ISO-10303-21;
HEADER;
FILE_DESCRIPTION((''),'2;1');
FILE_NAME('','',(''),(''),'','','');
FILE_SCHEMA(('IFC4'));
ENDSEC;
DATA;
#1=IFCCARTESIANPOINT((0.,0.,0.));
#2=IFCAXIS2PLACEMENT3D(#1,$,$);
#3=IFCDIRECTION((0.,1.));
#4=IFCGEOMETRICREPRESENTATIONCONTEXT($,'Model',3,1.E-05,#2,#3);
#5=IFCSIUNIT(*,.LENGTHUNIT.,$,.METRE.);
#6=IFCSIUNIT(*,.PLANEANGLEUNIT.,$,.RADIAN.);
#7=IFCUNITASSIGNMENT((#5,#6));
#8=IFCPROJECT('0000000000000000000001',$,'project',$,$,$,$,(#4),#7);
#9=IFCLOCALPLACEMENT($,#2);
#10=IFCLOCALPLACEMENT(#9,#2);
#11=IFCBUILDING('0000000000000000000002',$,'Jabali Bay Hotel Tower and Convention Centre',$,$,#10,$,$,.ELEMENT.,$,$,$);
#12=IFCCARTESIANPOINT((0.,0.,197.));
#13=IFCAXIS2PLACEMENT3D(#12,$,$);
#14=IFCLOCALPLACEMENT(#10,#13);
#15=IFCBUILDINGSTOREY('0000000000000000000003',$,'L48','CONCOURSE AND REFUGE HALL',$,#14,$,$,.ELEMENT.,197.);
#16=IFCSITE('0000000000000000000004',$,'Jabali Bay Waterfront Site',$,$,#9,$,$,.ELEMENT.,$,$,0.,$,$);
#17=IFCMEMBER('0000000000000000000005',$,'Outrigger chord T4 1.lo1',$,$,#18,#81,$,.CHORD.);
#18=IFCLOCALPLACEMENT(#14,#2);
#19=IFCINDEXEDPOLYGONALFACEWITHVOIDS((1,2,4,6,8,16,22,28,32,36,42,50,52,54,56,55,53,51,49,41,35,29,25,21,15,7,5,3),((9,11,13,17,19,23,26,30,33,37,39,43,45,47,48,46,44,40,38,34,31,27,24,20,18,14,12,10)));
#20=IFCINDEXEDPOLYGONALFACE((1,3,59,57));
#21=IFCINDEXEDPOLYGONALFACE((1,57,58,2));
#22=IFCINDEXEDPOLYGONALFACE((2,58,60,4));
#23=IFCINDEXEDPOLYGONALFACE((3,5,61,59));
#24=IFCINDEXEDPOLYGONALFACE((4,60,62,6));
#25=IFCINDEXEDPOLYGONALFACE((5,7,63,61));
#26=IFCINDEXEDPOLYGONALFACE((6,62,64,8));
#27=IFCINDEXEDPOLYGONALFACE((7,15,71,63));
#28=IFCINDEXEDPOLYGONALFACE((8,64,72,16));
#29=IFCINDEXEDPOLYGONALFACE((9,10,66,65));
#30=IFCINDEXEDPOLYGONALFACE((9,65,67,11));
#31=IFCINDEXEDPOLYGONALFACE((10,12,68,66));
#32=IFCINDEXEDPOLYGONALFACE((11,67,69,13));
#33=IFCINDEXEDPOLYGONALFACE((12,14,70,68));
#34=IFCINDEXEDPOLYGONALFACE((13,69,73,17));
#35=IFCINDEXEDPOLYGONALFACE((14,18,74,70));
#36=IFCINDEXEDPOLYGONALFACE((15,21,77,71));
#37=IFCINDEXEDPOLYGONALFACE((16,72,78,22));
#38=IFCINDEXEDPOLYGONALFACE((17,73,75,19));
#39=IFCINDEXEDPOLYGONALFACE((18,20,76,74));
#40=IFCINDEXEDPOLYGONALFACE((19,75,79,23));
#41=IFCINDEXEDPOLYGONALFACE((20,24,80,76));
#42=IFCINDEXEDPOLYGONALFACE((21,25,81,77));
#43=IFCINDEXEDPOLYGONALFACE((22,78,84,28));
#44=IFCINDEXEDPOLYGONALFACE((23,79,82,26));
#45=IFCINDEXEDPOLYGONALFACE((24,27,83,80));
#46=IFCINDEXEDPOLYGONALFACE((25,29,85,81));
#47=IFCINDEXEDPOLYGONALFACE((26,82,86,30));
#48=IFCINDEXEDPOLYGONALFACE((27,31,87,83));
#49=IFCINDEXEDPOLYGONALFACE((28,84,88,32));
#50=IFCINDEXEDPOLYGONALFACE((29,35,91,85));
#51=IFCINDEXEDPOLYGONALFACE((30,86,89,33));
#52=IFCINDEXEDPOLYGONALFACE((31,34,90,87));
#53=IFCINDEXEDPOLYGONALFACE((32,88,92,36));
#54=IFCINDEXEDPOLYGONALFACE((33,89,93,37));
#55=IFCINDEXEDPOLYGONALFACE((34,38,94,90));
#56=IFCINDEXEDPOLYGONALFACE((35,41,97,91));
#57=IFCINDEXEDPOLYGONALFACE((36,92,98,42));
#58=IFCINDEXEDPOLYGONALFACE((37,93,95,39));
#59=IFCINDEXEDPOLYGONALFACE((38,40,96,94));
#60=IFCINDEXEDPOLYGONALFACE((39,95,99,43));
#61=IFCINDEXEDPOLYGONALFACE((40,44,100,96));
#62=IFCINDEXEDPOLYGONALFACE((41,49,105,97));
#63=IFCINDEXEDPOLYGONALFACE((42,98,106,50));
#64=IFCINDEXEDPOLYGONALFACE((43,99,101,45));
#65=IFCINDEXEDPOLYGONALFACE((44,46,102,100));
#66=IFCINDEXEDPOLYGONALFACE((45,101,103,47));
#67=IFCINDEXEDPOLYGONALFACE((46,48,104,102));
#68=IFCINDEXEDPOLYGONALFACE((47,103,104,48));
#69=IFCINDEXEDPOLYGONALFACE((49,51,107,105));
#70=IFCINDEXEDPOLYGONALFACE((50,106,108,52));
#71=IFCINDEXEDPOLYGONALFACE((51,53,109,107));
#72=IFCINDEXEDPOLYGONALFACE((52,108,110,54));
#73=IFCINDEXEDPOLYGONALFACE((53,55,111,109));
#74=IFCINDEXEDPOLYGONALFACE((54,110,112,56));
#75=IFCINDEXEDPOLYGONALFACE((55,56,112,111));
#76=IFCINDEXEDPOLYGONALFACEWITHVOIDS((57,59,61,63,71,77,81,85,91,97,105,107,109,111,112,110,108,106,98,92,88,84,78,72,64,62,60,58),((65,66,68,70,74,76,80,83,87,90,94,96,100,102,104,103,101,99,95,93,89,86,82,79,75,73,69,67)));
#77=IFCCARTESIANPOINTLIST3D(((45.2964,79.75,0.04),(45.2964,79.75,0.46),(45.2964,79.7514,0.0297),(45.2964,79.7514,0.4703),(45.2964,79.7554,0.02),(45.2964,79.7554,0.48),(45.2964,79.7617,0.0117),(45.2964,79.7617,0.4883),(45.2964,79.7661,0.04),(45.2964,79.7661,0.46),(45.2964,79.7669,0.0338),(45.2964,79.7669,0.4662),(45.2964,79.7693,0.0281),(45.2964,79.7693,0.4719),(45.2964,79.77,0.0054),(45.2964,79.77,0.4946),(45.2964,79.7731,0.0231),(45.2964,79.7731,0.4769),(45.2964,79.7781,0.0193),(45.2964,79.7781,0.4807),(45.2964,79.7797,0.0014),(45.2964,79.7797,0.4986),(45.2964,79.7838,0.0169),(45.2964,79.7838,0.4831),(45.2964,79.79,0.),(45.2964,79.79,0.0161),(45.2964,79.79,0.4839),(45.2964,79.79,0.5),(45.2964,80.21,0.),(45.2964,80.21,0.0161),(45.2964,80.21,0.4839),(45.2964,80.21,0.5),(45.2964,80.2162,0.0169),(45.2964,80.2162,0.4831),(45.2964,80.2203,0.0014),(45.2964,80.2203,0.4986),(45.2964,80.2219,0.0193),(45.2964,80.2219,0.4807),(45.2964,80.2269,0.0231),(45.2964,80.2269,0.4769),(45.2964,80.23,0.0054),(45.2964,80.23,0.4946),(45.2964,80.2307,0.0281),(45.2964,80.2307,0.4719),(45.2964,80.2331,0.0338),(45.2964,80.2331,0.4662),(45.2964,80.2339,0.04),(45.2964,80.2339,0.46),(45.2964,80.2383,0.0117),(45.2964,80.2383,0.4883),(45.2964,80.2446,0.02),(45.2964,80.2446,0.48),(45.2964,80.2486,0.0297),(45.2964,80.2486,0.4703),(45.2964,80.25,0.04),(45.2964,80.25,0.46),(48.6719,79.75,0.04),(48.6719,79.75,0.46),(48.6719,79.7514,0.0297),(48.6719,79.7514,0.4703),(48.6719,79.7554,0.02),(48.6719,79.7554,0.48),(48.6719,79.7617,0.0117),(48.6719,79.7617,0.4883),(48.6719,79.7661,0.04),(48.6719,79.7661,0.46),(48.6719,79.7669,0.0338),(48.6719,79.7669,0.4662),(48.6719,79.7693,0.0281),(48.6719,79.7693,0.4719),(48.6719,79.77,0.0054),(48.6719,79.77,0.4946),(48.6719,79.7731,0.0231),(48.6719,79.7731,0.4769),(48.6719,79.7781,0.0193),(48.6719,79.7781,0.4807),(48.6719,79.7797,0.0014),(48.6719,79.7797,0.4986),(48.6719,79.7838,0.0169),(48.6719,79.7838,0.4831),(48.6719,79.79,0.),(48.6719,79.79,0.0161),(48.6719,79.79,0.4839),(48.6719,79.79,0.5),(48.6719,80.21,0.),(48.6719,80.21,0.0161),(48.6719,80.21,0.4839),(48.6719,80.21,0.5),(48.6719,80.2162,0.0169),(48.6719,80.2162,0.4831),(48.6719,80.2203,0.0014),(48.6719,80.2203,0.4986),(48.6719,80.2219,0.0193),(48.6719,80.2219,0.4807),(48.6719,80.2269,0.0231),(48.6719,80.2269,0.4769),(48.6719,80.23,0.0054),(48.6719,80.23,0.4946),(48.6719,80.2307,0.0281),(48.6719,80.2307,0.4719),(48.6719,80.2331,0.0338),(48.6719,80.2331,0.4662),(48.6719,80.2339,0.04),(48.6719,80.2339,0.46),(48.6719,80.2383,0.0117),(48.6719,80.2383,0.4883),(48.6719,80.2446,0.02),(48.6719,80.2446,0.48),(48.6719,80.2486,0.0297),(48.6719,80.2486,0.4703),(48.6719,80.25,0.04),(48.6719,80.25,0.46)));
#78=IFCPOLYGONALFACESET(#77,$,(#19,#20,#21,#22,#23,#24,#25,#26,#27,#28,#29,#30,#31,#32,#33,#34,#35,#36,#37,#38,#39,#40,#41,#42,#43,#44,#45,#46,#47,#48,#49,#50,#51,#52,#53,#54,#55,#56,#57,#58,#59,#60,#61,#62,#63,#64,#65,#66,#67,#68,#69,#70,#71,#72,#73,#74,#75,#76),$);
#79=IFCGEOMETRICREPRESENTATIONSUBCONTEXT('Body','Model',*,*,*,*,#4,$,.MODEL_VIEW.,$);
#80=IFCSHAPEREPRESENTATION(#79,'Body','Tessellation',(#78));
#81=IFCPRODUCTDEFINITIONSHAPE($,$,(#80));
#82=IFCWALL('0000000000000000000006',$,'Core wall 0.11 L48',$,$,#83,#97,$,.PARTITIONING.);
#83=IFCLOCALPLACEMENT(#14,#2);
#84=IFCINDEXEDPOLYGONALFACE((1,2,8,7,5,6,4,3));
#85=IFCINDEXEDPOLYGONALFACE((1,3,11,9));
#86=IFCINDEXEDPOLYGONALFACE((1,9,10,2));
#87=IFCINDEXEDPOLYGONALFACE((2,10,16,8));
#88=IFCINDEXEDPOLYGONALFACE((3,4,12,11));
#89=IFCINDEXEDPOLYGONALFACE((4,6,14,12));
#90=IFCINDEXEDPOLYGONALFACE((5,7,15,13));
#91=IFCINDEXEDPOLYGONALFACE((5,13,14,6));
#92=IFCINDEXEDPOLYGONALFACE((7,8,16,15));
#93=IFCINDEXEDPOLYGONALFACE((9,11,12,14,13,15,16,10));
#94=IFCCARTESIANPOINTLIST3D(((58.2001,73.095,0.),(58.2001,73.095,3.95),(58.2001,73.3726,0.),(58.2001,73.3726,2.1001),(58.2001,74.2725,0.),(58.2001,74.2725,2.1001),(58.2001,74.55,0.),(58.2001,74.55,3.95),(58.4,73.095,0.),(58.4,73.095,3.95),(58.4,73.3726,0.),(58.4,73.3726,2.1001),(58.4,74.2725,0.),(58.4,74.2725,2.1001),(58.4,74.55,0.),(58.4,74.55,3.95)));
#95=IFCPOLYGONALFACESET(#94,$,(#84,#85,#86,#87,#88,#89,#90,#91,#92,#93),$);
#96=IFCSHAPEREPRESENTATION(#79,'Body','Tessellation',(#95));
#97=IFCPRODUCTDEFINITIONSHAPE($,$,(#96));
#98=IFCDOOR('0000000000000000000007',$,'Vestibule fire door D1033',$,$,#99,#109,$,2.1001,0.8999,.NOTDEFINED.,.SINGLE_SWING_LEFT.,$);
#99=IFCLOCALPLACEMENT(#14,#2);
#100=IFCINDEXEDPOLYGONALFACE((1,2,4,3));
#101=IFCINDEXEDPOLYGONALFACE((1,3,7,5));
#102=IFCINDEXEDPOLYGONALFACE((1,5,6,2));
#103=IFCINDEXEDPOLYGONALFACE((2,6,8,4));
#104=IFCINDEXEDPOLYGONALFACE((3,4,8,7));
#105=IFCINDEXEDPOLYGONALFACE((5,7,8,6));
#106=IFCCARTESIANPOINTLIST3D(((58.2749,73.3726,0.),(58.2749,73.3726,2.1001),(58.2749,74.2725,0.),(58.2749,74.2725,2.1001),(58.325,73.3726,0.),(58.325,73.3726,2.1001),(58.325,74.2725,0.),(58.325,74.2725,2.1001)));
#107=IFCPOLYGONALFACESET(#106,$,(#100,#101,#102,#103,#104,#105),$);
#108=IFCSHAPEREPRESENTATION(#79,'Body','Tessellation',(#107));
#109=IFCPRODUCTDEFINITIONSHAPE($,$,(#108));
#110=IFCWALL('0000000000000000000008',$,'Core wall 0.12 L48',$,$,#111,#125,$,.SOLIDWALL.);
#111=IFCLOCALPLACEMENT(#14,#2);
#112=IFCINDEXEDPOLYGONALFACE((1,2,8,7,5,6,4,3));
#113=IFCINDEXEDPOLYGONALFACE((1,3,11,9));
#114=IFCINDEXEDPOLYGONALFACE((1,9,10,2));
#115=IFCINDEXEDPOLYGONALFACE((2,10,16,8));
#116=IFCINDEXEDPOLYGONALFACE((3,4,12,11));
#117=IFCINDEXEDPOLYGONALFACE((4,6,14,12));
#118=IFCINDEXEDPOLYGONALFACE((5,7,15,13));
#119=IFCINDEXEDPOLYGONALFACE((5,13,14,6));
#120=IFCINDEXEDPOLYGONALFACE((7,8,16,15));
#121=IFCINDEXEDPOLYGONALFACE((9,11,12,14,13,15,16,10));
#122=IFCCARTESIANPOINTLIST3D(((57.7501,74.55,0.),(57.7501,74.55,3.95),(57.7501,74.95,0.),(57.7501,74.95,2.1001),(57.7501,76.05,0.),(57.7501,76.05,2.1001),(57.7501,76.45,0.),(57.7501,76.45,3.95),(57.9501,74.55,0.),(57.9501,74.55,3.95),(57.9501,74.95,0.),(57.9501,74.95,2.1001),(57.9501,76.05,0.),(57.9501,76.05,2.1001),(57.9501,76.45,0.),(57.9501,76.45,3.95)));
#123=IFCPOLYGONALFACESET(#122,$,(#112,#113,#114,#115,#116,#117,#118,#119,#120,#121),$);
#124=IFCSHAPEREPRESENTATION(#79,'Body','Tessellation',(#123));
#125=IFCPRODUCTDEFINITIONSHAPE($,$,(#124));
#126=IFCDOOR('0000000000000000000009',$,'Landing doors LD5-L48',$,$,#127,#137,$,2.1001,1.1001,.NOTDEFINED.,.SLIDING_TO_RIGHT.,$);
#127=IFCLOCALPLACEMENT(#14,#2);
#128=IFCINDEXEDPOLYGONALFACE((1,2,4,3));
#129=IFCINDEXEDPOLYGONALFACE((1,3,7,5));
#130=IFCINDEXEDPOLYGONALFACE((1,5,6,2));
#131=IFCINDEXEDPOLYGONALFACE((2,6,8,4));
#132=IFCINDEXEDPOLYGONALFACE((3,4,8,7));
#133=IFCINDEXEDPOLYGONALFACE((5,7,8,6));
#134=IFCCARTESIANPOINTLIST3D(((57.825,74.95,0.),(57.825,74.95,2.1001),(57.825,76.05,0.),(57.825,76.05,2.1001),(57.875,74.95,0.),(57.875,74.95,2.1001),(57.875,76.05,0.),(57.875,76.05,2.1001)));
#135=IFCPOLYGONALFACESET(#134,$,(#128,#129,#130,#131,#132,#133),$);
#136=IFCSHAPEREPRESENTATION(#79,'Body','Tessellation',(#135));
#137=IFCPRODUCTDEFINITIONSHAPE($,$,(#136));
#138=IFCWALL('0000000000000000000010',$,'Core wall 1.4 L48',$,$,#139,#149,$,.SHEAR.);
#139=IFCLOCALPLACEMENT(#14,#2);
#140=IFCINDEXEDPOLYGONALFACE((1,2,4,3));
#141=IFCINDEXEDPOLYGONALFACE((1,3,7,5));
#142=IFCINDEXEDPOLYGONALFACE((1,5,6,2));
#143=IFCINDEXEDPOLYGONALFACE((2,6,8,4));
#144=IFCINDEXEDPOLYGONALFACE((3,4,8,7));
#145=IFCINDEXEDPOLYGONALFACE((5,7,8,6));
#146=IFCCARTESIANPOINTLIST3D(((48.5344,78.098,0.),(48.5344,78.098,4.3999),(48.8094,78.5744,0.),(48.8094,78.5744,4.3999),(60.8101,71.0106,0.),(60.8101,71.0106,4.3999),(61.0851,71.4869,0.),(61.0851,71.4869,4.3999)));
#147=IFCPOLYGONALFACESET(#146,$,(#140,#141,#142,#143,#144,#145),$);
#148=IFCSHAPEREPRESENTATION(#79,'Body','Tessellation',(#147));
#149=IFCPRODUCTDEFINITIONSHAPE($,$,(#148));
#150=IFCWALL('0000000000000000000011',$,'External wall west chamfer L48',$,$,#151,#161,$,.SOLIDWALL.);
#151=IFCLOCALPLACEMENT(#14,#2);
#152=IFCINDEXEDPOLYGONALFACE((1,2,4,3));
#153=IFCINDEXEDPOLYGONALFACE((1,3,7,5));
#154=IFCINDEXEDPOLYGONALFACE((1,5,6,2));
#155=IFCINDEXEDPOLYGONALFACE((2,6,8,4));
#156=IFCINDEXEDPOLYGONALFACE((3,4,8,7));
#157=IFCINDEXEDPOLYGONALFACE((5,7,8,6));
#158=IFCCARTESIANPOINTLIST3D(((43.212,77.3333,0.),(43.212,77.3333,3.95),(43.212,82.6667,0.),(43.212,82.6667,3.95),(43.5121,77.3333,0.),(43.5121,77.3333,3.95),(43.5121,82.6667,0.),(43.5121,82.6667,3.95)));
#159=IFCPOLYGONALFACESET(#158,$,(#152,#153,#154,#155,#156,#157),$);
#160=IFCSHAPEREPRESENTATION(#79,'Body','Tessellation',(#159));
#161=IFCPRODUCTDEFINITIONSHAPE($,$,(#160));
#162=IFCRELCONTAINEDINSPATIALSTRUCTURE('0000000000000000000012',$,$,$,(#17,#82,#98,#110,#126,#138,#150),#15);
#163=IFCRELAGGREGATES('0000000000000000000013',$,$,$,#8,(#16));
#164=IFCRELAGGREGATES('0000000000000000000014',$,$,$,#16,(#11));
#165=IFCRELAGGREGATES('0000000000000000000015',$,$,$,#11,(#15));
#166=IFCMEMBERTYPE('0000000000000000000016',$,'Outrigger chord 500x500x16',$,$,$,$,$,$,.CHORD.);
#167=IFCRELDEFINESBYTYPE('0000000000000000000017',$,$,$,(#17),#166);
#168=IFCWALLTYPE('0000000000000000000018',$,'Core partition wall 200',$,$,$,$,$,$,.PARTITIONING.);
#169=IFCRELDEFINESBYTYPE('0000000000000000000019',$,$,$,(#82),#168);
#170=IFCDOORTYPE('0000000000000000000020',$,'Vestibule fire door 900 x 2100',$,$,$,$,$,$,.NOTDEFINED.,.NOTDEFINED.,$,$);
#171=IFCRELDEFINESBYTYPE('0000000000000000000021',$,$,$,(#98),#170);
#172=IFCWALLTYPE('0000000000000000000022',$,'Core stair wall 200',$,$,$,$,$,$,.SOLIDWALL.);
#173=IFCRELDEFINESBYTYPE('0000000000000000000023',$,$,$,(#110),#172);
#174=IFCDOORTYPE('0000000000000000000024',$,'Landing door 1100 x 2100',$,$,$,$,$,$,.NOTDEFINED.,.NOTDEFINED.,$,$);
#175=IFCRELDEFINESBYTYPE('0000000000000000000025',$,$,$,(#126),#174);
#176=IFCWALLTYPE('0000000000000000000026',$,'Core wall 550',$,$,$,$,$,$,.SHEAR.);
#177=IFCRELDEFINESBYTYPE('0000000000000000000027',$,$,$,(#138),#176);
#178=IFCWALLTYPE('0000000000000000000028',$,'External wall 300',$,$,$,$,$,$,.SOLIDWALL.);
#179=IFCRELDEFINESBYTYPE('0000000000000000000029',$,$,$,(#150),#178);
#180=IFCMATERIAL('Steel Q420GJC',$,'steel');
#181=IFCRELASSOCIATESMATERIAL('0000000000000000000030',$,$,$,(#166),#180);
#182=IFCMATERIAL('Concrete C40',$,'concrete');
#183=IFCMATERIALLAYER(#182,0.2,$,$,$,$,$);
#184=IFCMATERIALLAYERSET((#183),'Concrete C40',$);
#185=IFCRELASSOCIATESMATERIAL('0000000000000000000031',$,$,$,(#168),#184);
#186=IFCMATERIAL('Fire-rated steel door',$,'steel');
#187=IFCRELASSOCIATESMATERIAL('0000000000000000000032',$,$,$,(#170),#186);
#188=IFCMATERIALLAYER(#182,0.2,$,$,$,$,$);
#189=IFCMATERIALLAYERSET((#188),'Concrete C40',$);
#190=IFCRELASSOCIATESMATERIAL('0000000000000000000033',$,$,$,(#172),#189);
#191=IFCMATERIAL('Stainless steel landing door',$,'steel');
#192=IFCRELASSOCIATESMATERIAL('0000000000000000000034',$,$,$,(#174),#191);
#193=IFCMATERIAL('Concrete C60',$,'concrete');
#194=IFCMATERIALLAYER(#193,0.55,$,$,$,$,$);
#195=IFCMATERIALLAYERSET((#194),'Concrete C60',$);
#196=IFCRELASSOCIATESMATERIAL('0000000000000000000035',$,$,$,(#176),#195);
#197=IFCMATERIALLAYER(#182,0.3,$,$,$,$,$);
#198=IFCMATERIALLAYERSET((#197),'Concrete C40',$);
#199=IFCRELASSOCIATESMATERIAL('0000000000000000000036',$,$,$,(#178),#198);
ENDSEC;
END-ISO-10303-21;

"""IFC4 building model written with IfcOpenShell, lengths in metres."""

from ifc_helpers import new_model, si_unit, direction, frame, frame_2d, origin, origin_2d, place, context, subcontext, project, spatial, rectangle, hollow_rectangle, extrude, material, layer, layer_set, material_profile, profile_set, type_object, element, fill, save


model = new_model("IFC4")

# Units and contexts
model_context = context("Model", 3, precision=1e-05, world=origin(), true_north=direction((0.0, 1.0)))
body_context = subcontext(model_context, "Body", "Model", "MODEL_VIEW")
ifc_project = project(units=[si_unit("LENGTHUNIT", "METRE"), si_unit("PLANEANGLEUNIT", "RADIAN")], contexts=[model_context])

# Site, building, storey
site_placement = place(None, origin())
site = spatial("IfcSite", under=ifc_project, at=site_placement, Name="Jabali Bay Waterfront Site", CompositionType="ELEMENT", RefElevation=0.0)
building_placement = place(site_placement, origin())
building = spatial("IfcBuilding", under=site, at=building_placement, Name="Jabali Bay Hotel Tower and Convention Centre", CompositionType="ELEMENT")
storey_placement = place(building_placement, frame((0.0, 0.0, 197.0)))
storey = spatial("IfcBuildingStorey", under=building, at=storey_placement, Name="L48", Description="CONCOURSE AND REFUGE HALL", CompositionType="ELEMENT", Elevation=197.0)

# Shared definitions
ifc_material_1 = material(Name="Concrete C60", Category="concrete")

# Member
ifc_material_2 = material(Name="Steel Q420GJC", Category="steel")
ifc_material_profile_1 = material_profile(ifc_material_2, hollow_rectangle(XDim=0.5, YDim=0.5, WallThickness=0.0161, InnerFilletRadius=0.0239, OuterFilletRadius=0.04, at=origin_2d()), Name="Outrigger chord 500x500x16")
ifc_profile_set_1 = profile_set([ifc_material_profile_1], Name="Steel Q420GJC")
member_type_1 = type_object("IfcMemberType", Name="Outrigger chord 500x500x16", PredefinedType="CHORD", material=ifc_profile_set_1)
member_1_placement = place(storey_placement, frame((48.6719, 80.0, 0.25), z_axis=(-1.0, 0.0, 0.0), x_axis=(0.0, -1.0, 0.0)))
element("IfcMember", 1, at=member_1_placement, inside=storey, type_object=member_type_1, Name="Outrigger chord T4 1.lo1", PredefinedType="CHORD", context=body_context, shape_type="SweptSolid", body=[
    extrude(hollow_rectangle(XDim=0.5, YDim=0.5, WallThickness=0.0161, InnerFilletRadius=0.0239, OuterFilletRadius=0.04, at=origin_2d()), origin(), (0.0, 0.0, 1.0), 3.3755),
])

# Walls, openings, doors
ifc_material_3 = material(Name="Concrete C40", Category="concrete")
ifc_layer_1 = layer(ifc_material_3, 0.2)
ifc_layer_set_1 = layer_set([ifc_layer_1], Name="Concrete C40")
wall_type_1 = type_object("IfcWallType", Name="Core partition wall 200", PredefinedType="PARTITIONING", material=ifc_layer_set_1)
wall_1_placement = place(storey_placement, frame((58.3, 74.55, 0.0), z_axis=(0.0, 0.0, 1.0), x_axis=(0.0, -1.0, 0.0)))
wall_1 = element("IfcWall", 2, at=wall_1_placement, inside=storey, type_object=wall_type_1, Name="Core wall 0.11 L48", PredefinedType="PARTITIONING", context=body_context, shape_type="SweptSolid", body=[
    extrude(rectangle(XDim=1.4551, YDim=0.2, at=frame_2d((0.7275, 0.0))), origin(), (0.0, 0.0, 1.0), 3.95),
])
opening_1_placement = place(wall_1_placement, frame((0.2776, 0.0, 0.0)))
opening_1 = element("IfcOpeningElement", 3, at=opening_1_placement, cuts=wall_1, PredefinedType="OPENING", context=body_context, shape_type="SweptSolid", body=[
    extrude(rectangle(XDim=0.8999, YDim=2.1001, at=frame_2d((0.45, 1.05))), frame((0.0, 0.1104, 0.0), z_axis=(0.0, -1.0, 0.0), x_axis=(1.0, 0.0, 0.0)), (0.0, 0.0, 1.0), 0.2209),
])
ifc_material_4 = material(Name="Fire-rated steel door", Category="steel")
door_type_1 = type_object("IfcDoorType", Name="Vestibule fire door 900 x 2100", OperationType="NOTDEFINED", PredefinedType="NOTDEFINED", material=ifc_material_4)
door_1_placement = place(opening_1_placement, origin())
door_1 = element("IfcDoor", 4, at=door_1_placement, inside=storey, type_object=door_type_1, Name="Vestibule fire door D1033", OperationType="SINGLE_SWING_LEFT", OverallHeight=2.1001, OverallWidth=0.8999, PredefinedType="NOTDEFINED", context=body_context, shape_type="SweptSolid", body=[
    extrude(rectangle(XDim=0.8999, YDim=2.1001, at=frame_2d((0.45, 1.05))), frame((0.0, 0.0249, 0.0), z_axis=(0.0, -1.0, 0.0), x_axis=(1.0, 0.0, 0.0)), (0.0, 0.0, 1.0), 0.05),
])
fill(opening_1, door_1)
ifc_layer_2 = layer(ifc_material_3, 0.2)
ifc_layer_set_2 = layer_set([ifc_layer_2], Name="Concrete C40")
wall_type_2 = type_object("IfcWallType", Name="Core stair wall 200", PredefinedType="SOLIDWALL", material=ifc_layer_set_2)
wall_2_placement = place(storey_placement, frame((57.8501, 76.45, 0.0), z_axis=(0.0, 0.0, 1.0), x_axis=(0.0, -1.0, 0.0)))
wall_2 = element("IfcWall", 5, at=wall_2_placement, inside=storey, type_object=wall_type_2, Name="Core wall 0.12 L48", PredefinedType="SOLIDWALL", context=body_context, shape_type="SweptSolid", body=[
    extrude(rectangle(XDim=1.8999, YDim=0.2, at=frame_2d((0.95, 0.0))), origin(), (0.0, 0.0, 1.0), 3.95),
])
opening_2_placement = place(wall_2_placement, frame((0.3999, 0.0, 0.0)))
opening_2 = element("IfcOpeningElement", 6, at=opening_2_placement, cuts=wall_2, PredefinedType="OPENING", context=body_context, shape_type="SweptSolid", body=[
    extrude(rectangle(XDim=1.1001, YDim=2.1001, at=frame_2d((0.55, 1.05))), frame((0.0, 0.1104, 0.0), z_axis=(0.0, -1.0, 0.0), x_axis=(1.0, 0.0, 0.0)), (0.0, 0.0, 1.0), 0.2209),
])
ifc_material_5 = material(Name="Stainless steel landing door", Category="steel")
door_type_2 = type_object("IfcDoorType", Name="Landing door 1100 x 2100", OperationType="NOTDEFINED", PredefinedType="NOTDEFINED", material=ifc_material_5)
door_2_placement = place(opening_2_placement, origin())
door_2 = element("IfcDoor", 7, at=door_2_placement, inside=storey, type_object=door_type_2, Name="Landing doors LD5-L48", OperationType="SLIDING_TO_RIGHT", OverallHeight=2.1001, OverallWidth=1.1001, PredefinedType="NOTDEFINED", context=body_context, shape_type="SweptSolid", body=[
    extrude(rectangle(XDim=1.1001, YDim=2.1001, at=frame_2d((0.55, 1.05))), frame((0.0, 0.0249, 0.0), z_axis=(0.0, -1.0, 0.0), x_axis=(1.0, 0.0, 0.0)), (0.0, 0.0, 1.0), 0.05),
])
fill(opening_2, door_2)

# Walls
ifc_layer_3 = layer(ifc_material_1, 0.55)
ifc_layer_set_3 = layer_set([ifc_layer_3], Name="Concrete C60")
wall_type_3 = type_object("IfcWallType", Name="Core wall 550", PredefinedType="SHEAR", material=ifc_layer_set_3)
wall_3_placement = place(storey_placement, frame((48.6719, 78.3362, 0.0), z_axis=(0.0, 0.0, 1.0), x_axis=(0.866024, -0.500003, 0.0)))
element("IfcWall", 8, at=wall_3_placement, inside=storey, type_object=wall_type_3, Name="Core wall 1.4 L48", PredefinedType="SHEAR", context=body_context, shape_type="SweptSolid", body=[
    extrude(rectangle(XDim=14.1748, YDim=0.55, at=frame_2d((7.0874, 0.0))), origin(), (0.0, 0.0, 1.0), 4.3999),
])
ifc_layer_4 = layer(ifc_material_3, 0.3)
ifc_layer_set_4 = layer_set([ifc_layer_4], Name="Concrete C40")
wall_type_4 = type_object("IfcWallType", Name="External wall 300", PredefinedType="SOLIDWALL", material=ifc_layer_set_4)
wall_4_placement = place(storey_placement, frame((43.3621, 77.3333, 0.0), z_axis=(0.0, 0.0, 1.0), x_axis=(0.0, 1.0, 0.0)))
element("IfcWall", 9, at=wall_4_placement, inside=storey, type_object=wall_type_4, Name="External wall west chamfer L48", PredefinedType="SOLIDWALL", context=body_context, shape_type="SweptSolid", body=[
    extrude(rectangle(XDim=5.3335, YDim=0.3, at=frame_2d((2.6667, 0.0))), origin(), (0.0, 0.0, 1.0), 3.95),
])

save(model, "model.ifc")
